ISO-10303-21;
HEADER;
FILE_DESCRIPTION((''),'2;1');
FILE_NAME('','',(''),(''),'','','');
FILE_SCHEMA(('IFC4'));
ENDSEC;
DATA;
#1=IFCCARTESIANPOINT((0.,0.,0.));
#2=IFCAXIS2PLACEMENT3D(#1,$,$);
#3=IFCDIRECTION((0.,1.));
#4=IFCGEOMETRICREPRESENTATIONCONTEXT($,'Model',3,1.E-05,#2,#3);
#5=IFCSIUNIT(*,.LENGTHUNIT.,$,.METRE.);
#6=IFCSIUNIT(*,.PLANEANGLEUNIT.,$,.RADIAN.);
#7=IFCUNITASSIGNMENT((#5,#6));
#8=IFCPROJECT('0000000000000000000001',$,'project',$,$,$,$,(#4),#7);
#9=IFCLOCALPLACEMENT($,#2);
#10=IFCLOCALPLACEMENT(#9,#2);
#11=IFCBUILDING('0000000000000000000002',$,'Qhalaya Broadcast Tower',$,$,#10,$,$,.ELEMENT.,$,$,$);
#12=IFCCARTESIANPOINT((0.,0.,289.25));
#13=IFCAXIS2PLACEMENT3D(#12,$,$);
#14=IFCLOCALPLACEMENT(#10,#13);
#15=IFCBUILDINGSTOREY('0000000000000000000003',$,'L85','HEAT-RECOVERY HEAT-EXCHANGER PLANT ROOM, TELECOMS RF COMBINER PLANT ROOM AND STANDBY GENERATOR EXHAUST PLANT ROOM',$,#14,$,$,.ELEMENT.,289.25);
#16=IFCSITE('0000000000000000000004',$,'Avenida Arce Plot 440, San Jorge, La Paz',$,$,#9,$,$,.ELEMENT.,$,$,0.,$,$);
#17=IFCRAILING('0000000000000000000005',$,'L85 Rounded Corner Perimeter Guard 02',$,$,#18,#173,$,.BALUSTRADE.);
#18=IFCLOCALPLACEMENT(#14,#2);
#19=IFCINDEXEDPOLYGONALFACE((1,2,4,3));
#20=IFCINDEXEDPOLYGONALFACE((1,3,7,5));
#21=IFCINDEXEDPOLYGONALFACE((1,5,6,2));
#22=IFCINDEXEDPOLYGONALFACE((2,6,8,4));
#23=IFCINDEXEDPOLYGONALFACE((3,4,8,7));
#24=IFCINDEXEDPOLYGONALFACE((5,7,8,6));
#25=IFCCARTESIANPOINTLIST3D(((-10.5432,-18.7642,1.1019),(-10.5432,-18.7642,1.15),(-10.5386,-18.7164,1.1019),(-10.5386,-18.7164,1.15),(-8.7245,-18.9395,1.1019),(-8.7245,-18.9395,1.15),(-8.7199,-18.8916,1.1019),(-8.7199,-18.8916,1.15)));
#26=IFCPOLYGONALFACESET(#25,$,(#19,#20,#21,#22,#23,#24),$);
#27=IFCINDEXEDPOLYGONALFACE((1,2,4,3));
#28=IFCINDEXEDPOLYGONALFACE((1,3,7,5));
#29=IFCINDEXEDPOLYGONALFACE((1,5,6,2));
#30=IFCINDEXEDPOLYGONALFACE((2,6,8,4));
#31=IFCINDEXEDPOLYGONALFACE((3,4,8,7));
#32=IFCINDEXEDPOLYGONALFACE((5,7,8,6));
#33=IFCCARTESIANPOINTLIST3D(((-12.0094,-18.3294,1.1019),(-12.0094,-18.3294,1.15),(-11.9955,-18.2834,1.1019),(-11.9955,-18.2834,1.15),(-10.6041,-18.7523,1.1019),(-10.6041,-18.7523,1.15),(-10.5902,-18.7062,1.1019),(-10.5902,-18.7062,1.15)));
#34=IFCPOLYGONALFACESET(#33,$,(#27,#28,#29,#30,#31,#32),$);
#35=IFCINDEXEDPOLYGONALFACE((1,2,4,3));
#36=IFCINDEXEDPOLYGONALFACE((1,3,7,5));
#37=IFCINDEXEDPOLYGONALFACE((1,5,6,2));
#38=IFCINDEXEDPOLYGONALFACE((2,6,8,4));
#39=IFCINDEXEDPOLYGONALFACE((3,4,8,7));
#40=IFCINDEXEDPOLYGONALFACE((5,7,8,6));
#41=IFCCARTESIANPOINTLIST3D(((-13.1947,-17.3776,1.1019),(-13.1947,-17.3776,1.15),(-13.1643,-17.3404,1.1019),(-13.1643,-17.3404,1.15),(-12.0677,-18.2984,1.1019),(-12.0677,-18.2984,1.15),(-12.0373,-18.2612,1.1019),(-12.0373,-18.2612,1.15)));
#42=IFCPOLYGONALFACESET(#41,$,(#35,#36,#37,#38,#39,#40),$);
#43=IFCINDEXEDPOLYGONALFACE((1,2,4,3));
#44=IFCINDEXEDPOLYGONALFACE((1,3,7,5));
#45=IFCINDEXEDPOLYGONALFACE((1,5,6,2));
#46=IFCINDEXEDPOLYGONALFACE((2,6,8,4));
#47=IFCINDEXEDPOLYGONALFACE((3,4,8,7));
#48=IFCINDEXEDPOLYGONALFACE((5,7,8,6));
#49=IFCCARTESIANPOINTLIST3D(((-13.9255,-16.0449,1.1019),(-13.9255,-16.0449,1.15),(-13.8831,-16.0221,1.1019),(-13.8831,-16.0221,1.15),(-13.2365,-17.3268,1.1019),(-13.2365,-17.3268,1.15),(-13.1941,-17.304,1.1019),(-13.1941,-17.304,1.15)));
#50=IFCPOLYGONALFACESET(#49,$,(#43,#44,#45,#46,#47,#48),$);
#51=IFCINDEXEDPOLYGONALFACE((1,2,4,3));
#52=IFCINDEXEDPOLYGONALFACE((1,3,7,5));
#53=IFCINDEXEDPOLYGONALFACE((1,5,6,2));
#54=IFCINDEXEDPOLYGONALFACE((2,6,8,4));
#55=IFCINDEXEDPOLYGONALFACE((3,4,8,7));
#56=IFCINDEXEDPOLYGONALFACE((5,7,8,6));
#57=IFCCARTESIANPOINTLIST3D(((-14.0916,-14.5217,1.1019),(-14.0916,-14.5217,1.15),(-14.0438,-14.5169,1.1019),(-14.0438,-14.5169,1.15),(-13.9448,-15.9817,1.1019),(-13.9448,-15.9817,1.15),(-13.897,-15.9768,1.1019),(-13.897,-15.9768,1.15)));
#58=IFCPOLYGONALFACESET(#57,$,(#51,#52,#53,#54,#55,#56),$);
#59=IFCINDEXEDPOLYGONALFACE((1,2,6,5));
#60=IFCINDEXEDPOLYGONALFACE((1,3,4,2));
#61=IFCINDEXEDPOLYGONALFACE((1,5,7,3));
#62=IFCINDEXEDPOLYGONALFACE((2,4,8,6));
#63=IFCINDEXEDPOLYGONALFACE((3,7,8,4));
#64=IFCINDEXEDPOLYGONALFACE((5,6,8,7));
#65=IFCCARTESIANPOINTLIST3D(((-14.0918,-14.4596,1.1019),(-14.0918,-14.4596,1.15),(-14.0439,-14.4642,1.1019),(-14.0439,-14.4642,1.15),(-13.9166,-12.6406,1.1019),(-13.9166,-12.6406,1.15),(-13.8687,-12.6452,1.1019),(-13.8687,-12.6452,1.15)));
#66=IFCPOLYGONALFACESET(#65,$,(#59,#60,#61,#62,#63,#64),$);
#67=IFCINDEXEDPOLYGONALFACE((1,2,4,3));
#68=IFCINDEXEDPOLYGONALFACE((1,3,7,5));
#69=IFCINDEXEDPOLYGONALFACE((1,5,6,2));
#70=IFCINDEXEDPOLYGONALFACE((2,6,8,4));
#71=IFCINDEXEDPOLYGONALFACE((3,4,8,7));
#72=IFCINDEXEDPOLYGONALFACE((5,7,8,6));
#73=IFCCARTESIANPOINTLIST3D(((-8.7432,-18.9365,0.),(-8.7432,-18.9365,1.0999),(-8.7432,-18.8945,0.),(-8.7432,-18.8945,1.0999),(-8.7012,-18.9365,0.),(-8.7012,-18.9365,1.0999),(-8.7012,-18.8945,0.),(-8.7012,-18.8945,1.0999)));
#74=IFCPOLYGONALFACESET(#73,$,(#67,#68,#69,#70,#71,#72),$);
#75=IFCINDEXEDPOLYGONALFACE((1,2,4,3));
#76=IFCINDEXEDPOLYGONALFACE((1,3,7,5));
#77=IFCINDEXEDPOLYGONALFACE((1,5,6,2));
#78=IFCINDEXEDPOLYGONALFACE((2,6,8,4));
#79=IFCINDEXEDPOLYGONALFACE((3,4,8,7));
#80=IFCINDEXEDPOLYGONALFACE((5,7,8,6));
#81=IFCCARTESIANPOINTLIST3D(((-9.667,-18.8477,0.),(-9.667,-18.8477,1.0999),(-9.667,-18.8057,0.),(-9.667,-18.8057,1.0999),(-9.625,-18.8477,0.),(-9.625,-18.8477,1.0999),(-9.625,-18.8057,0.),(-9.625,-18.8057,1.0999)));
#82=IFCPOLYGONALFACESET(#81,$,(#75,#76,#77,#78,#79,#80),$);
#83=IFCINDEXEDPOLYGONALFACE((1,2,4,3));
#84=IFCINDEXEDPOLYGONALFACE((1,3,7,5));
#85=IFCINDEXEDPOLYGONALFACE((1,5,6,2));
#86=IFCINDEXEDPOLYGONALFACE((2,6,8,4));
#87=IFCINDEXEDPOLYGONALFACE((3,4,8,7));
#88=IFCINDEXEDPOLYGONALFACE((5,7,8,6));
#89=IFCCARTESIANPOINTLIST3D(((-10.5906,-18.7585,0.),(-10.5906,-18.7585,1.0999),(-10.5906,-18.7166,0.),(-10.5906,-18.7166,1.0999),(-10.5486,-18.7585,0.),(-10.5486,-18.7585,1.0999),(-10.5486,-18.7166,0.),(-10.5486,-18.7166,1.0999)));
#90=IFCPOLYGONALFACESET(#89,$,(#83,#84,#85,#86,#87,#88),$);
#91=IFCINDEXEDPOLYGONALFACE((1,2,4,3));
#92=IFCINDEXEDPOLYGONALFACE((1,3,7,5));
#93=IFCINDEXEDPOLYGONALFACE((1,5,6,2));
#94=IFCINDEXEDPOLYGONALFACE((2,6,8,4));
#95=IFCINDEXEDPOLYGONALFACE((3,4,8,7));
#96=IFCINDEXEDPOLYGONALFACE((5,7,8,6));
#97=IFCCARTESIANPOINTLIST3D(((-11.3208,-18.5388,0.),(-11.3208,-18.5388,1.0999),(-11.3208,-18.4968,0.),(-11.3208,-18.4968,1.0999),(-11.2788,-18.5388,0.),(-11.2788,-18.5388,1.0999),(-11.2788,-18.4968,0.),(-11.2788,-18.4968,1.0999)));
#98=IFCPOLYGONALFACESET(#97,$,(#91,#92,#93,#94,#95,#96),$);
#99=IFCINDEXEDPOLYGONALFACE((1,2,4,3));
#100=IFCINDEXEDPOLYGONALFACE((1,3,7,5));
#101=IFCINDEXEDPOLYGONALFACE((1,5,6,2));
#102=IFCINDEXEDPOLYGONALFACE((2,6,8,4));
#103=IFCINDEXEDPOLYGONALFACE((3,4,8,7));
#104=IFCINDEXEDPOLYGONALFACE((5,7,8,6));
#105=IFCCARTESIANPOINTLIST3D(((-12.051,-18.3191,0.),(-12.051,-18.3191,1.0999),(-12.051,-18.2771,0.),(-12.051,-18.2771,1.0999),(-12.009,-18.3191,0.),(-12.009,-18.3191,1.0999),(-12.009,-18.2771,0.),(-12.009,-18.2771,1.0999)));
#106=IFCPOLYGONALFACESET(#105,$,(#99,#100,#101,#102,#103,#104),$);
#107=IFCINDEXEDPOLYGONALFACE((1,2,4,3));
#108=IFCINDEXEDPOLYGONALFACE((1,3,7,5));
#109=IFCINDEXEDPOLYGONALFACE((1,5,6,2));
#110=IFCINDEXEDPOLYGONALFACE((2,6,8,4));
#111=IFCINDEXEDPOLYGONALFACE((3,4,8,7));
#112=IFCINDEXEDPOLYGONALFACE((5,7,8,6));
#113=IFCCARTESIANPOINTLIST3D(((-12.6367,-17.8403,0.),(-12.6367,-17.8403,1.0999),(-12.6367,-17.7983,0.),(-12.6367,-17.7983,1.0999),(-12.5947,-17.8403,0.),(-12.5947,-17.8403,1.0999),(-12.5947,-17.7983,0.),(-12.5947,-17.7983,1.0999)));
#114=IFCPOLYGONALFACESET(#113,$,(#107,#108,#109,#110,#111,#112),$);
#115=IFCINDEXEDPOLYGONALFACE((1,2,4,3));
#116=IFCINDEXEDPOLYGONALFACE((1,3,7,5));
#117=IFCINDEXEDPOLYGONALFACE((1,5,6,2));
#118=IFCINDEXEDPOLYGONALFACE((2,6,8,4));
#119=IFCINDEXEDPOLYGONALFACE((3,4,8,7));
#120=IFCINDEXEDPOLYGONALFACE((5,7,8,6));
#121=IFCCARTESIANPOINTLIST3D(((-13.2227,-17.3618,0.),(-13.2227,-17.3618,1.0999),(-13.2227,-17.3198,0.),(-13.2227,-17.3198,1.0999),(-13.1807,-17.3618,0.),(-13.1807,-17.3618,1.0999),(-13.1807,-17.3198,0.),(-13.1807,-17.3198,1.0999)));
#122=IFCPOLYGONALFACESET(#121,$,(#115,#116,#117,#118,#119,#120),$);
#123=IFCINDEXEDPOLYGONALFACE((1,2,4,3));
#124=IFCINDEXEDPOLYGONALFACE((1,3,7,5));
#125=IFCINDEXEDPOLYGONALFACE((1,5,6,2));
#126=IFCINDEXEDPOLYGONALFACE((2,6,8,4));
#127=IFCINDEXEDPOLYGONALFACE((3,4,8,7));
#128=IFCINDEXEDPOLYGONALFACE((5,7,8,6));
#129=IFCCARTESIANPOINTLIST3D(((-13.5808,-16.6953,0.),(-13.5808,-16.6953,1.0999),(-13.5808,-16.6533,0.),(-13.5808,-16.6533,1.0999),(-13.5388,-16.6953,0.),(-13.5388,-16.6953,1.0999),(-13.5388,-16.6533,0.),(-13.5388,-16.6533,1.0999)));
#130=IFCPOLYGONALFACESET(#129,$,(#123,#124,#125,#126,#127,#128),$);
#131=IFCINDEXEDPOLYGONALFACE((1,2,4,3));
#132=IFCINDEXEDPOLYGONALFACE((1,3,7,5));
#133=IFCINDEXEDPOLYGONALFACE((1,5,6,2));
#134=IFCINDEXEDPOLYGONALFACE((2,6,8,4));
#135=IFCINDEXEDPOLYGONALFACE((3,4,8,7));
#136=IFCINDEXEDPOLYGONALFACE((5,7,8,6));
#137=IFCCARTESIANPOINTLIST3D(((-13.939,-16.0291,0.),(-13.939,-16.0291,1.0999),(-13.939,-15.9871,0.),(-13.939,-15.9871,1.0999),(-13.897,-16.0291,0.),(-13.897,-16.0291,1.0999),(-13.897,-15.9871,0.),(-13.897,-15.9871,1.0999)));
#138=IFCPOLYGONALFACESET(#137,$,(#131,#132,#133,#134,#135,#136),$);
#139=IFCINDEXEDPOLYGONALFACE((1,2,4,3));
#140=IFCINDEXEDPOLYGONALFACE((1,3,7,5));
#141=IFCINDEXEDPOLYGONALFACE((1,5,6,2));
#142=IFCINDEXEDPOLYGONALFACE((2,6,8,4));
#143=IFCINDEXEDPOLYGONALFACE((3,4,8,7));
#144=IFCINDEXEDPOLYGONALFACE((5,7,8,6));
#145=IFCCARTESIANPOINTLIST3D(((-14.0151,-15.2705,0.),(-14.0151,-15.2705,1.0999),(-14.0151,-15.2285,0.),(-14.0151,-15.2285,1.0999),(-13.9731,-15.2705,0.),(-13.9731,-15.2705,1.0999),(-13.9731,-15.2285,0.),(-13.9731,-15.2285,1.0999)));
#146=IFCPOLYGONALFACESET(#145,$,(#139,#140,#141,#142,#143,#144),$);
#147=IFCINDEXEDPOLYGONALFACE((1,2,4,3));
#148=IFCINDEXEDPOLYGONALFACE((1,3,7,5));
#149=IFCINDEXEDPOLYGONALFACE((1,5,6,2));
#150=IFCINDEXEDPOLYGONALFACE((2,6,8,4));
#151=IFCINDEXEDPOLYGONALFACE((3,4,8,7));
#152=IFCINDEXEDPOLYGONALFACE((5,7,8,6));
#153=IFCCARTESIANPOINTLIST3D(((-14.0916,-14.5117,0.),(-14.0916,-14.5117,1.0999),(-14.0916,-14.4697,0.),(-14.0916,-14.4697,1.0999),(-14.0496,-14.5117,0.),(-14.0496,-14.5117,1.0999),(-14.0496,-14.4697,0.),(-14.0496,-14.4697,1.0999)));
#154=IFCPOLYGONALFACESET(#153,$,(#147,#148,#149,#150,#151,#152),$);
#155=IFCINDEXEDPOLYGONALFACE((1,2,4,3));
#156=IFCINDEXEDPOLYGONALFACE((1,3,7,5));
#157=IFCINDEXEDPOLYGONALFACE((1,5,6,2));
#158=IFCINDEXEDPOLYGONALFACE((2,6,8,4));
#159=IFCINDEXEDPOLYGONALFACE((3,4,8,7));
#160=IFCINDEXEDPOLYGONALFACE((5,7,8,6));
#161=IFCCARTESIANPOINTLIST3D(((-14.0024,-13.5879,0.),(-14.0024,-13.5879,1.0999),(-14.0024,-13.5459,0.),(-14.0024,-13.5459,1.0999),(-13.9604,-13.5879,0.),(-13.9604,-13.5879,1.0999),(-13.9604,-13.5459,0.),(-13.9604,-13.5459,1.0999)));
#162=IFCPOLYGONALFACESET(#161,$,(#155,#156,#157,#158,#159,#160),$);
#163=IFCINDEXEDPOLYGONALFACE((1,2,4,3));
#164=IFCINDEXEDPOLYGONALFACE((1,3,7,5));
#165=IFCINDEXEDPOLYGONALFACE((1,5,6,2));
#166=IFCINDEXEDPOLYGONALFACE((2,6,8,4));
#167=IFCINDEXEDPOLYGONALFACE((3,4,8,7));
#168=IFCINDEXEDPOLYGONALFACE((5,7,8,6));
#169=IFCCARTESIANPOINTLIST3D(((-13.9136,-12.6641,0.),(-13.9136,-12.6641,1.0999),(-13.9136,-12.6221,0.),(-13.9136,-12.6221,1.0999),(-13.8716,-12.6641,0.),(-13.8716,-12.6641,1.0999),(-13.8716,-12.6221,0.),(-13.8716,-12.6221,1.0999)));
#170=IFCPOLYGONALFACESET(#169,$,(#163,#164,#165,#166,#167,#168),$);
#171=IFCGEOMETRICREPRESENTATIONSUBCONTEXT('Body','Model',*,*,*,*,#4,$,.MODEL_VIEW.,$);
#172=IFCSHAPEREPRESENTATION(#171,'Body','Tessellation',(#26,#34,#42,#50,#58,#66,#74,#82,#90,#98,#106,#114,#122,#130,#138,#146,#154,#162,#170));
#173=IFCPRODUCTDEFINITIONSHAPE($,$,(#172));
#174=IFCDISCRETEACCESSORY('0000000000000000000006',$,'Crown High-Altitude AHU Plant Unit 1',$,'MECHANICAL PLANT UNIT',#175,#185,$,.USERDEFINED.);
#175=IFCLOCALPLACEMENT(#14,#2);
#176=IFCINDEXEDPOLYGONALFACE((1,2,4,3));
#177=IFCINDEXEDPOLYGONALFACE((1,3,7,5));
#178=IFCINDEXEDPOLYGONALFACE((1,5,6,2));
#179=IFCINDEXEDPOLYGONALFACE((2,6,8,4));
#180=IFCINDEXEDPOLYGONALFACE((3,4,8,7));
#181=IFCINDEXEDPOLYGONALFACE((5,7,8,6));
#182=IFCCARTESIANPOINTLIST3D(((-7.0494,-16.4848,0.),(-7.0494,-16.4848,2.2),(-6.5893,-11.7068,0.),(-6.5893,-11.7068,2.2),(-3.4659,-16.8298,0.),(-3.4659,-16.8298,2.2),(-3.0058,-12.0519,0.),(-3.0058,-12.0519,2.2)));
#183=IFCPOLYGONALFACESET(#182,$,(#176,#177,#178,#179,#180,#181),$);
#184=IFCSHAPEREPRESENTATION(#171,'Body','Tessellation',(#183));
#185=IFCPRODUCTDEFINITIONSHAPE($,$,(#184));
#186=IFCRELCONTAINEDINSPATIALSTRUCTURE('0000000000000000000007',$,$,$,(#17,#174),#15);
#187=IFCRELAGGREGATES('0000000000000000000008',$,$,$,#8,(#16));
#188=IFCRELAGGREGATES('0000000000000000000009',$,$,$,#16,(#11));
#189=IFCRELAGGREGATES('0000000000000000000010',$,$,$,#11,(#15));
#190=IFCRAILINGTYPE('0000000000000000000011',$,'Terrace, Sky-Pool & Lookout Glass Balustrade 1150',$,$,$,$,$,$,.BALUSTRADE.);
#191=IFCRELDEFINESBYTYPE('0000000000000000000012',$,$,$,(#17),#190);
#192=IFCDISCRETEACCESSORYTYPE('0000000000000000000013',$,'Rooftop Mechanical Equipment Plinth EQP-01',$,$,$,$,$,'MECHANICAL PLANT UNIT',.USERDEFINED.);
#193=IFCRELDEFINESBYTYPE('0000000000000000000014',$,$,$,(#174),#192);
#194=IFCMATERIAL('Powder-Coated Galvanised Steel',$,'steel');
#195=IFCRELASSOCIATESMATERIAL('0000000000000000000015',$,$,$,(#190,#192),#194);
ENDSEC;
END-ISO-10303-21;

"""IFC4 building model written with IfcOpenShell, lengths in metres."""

from ifc_helpers import new_model, si_unit, direction, frame, origin, origin_2d, place, context, subcontext, project, spatial, rectangle, extrude, material, type_object, element, save


model = new_model("IFC4")

# Units and contexts
model_context = context("Model", 3, precision=1e-05, world=origin(), true_north=direction((0.0, 1.0)))
body_context = subcontext(model_context, "Body", "Model", "MODEL_VIEW")
ifc_project = project(units=[si_unit("LENGTHUNIT", "METRE"), si_unit("PLANEANGLEUNIT", "RADIAN")], contexts=[model_context])

# Site, building, storey
site_placement = place(None, origin())
site = spatial("IfcSite", under=ifc_project, at=site_placement, Name="Avenida Arce Plot 440, San Jorge, La Paz", CompositionType="ELEMENT", RefElevation=0.0)
building_placement = place(site_placement, origin())
building = spatial("IfcBuilding", under=site, at=building_placement, Name="Qhalaya Broadcast Tower", CompositionType="ELEMENT")
storey_placement = place(building_placement, frame((0.0, 0.0, 289.25)))
storey = spatial("IfcBuildingStorey", under=building, at=storey_placement, Name="L85", Description="HEAT-RECOVERY HEAT-EXCHANGER PLANT ROOM, TELECOMS RF COMBINER PLANT ROOM AND STANDBY GENERATOR EXHAUST PLANT ROOM", CompositionType="ELEMENT", Elevation=289.25)

# Railing
ifc_material_1 = material(Name="Powder-Coated Galvanised Steel", Category="steel")
railing_type = type_object("IfcRailingType", Name="Terrace, Sky-Pool & Lookout Glass Balustrade 1150", PredefinedType="BALUSTRADE", material=ifc_material_1)
railing_placement = place(storey_placement, frame((-8.7222, -18.9155, 0.0)))
element("IfcRailing", 1, at=railing_placement, inside=storey, type_object=railing_type, Name="L85 Rounded Corner Perimeter Guard 02", PredefinedType="BALUSTRADE", context=body_context, shape_type="SweptSolid", body=[
    extrude(rectangle(XDim=0.0481, YDim=0.0481, at=origin_2d()), frame((0.0, 0.0, 1.126), z_axis=(-0.995391, 0.095895, 0.0), x_axis=(-0.095895, -0.995391, 0.0)), (0.0, 0.0, 1.0), 1.8271),
    extrude(rectangle(XDim=0.0481, YDim=0.0481, at=origin_2d()), frame((-1.875, 0.1863, 1.126), z_axis=(-0.957588, 0.288141, 0.0), x_axis=(-0.288141, -0.957588, 0.0)), (0.0, 0.0, 1.0), 1.4675),
    extrude(rectangle(XDim=0.0481, YDim=0.0481, at=origin_2d()), frame((-3.3303, 0.6357, 1.126), z_axis=(-0.774388, 0.63271, 0.0), x_axis=(-0.63271, -0.774388, 0.0)), (0.0, 0.0, 1.0), 1.4553),
    extrude(rectangle(XDim=0.0481, YDim=0.0481, at=origin_2d()), frame((-4.4932, 1.6001, 1.126), z_axis=(-0.473417, 0.880839, 0.0), x_axis=(-0.880839, -0.473417, 0.0)), (0.0, 0.0, 1.0), 1.4553),
    extrude(rectangle(XDim=0.0481, YDim=0.0481, at=origin_2d()), frame((-5.1987, 2.9363, 1.126), z_axis=(-0.100058, 0.994982, 0.0), x_axis=(-0.994982, -0.100058, 0.0)), (0.0, 0.0, 1.0), 1.4673),
    extrude(rectangle(XDim=0.0481, YDim=0.0481, at=origin_2d()), frame((-5.3457, 4.4536, 1.126), z_axis=(0.095883, 0.995393, 0.0), x_axis=(-0.995393, 0.095883, 0.0)), (0.0, 0.0, 1.0), 1.8274),
    extrude(rectangle(XDim=0.042, YDim=0.042, at=origin_2d()), origin(), (0.0, 0.0, 1.0), 1.0999),
    extrude(rectangle(XDim=0.042, YDim=0.042, at=origin_2d()), frame((-0.9238, 0.0889, 0.0)), (0.0, 0.0, 1.0), 1.0999),
    extrude(rectangle(XDim=0.042, YDim=0.042, at=origin_2d()), frame((-1.8474, 0.178, 0.0)), (0.0, 0.0, 1.0), 1.0999),
    extrude(rectangle(XDim=0.042, YDim=0.042, at=origin_2d()), frame((-2.5776, 0.3977, 0.0)), (0.0, 0.0, 1.0), 1.0999),
    extrude(rectangle(XDim=0.042, YDim=0.042, at=origin_2d()), frame((-3.3079, 0.6174, 0.0)), (0.0, 0.0, 1.0), 1.0999),
    extrude(rectangle(XDim=0.042, YDim=0.042, at=origin_2d()), frame((-3.8936, 1.0962, 0.0)), (0.0, 0.0, 1.0), 1.0999),
    extrude(rectangle(XDim=0.042, YDim=0.042, at=origin_2d()), frame((-4.4795, 1.5747, 0.0)), (0.0, 0.0, 1.0), 1.0999),
    extrude(rectangle(XDim=0.042, YDim=0.042, at=origin_2d()), frame((-4.8376, 2.2412, 0.0)), (0.0, 0.0, 1.0), 1.0999),
    extrude(rectangle(XDim=0.042, YDim=0.042, at=origin_2d()), frame((-5.1958, 2.9075, 0.0)), (0.0, 0.0, 1.0), 1.0999),
    extrude(rectangle(XDim=0.042, YDim=0.042, at=origin_2d()), frame((-5.272, 3.666, 0.0)), (0.0, 0.0, 1.0), 1.0999),
    extrude(rectangle(XDim=0.042, YDim=0.042, at=origin_2d()), frame((-5.3484, 4.4248, 0.0)), (0.0, 0.0, 1.0), 1.0999),
    extrude(rectangle(XDim=0.042, YDim=0.042, at=origin_2d()), frame((-5.2593, 5.3486, 0.0)), (0.0, 0.0, 1.0), 1.0999),
    extrude(rectangle(XDim=0.042, YDim=0.042, at=origin_2d()), frame((-5.1704, 6.2725, 0.0)), (0.0, 0.0, 1.0), 1.0999),
])

# Discrete accessory
discrete_accessory_type = type_object("IfcDiscreteAccessoryType", Name="Rooftop Mechanical Equipment Plinth EQP-01", ElementType="MECHANICAL PLANT UNIT", PredefinedType="USERDEFINED", material=ifc_material_1)
discrete_accessory_placement = place(storey_placement, frame((-5.0276, -14.2683, 0.0), z_axis=(0.0, 0.0, 1.0), x_axis=(0.995396, -0.095846, 0.0)))
element("IfcDiscreteAccessory", 2, at=discrete_accessory_placement, inside=storey, type_object=discrete_accessory_type, Name="Crown High-Altitude AHU Plant Unit 1", ObjectType="MECHANICAL PLANT UNIT", PredefinedType="USERDEFINED", context=body_context, shape_type="SweptSolid", body=[
    extrude(rectangle(XDim=3.6001, YDim=4.8, at=origin_2d()), origin(), (0.0, 0.0, 1.0), 2.2),
])

save(model, "model.ifc")
